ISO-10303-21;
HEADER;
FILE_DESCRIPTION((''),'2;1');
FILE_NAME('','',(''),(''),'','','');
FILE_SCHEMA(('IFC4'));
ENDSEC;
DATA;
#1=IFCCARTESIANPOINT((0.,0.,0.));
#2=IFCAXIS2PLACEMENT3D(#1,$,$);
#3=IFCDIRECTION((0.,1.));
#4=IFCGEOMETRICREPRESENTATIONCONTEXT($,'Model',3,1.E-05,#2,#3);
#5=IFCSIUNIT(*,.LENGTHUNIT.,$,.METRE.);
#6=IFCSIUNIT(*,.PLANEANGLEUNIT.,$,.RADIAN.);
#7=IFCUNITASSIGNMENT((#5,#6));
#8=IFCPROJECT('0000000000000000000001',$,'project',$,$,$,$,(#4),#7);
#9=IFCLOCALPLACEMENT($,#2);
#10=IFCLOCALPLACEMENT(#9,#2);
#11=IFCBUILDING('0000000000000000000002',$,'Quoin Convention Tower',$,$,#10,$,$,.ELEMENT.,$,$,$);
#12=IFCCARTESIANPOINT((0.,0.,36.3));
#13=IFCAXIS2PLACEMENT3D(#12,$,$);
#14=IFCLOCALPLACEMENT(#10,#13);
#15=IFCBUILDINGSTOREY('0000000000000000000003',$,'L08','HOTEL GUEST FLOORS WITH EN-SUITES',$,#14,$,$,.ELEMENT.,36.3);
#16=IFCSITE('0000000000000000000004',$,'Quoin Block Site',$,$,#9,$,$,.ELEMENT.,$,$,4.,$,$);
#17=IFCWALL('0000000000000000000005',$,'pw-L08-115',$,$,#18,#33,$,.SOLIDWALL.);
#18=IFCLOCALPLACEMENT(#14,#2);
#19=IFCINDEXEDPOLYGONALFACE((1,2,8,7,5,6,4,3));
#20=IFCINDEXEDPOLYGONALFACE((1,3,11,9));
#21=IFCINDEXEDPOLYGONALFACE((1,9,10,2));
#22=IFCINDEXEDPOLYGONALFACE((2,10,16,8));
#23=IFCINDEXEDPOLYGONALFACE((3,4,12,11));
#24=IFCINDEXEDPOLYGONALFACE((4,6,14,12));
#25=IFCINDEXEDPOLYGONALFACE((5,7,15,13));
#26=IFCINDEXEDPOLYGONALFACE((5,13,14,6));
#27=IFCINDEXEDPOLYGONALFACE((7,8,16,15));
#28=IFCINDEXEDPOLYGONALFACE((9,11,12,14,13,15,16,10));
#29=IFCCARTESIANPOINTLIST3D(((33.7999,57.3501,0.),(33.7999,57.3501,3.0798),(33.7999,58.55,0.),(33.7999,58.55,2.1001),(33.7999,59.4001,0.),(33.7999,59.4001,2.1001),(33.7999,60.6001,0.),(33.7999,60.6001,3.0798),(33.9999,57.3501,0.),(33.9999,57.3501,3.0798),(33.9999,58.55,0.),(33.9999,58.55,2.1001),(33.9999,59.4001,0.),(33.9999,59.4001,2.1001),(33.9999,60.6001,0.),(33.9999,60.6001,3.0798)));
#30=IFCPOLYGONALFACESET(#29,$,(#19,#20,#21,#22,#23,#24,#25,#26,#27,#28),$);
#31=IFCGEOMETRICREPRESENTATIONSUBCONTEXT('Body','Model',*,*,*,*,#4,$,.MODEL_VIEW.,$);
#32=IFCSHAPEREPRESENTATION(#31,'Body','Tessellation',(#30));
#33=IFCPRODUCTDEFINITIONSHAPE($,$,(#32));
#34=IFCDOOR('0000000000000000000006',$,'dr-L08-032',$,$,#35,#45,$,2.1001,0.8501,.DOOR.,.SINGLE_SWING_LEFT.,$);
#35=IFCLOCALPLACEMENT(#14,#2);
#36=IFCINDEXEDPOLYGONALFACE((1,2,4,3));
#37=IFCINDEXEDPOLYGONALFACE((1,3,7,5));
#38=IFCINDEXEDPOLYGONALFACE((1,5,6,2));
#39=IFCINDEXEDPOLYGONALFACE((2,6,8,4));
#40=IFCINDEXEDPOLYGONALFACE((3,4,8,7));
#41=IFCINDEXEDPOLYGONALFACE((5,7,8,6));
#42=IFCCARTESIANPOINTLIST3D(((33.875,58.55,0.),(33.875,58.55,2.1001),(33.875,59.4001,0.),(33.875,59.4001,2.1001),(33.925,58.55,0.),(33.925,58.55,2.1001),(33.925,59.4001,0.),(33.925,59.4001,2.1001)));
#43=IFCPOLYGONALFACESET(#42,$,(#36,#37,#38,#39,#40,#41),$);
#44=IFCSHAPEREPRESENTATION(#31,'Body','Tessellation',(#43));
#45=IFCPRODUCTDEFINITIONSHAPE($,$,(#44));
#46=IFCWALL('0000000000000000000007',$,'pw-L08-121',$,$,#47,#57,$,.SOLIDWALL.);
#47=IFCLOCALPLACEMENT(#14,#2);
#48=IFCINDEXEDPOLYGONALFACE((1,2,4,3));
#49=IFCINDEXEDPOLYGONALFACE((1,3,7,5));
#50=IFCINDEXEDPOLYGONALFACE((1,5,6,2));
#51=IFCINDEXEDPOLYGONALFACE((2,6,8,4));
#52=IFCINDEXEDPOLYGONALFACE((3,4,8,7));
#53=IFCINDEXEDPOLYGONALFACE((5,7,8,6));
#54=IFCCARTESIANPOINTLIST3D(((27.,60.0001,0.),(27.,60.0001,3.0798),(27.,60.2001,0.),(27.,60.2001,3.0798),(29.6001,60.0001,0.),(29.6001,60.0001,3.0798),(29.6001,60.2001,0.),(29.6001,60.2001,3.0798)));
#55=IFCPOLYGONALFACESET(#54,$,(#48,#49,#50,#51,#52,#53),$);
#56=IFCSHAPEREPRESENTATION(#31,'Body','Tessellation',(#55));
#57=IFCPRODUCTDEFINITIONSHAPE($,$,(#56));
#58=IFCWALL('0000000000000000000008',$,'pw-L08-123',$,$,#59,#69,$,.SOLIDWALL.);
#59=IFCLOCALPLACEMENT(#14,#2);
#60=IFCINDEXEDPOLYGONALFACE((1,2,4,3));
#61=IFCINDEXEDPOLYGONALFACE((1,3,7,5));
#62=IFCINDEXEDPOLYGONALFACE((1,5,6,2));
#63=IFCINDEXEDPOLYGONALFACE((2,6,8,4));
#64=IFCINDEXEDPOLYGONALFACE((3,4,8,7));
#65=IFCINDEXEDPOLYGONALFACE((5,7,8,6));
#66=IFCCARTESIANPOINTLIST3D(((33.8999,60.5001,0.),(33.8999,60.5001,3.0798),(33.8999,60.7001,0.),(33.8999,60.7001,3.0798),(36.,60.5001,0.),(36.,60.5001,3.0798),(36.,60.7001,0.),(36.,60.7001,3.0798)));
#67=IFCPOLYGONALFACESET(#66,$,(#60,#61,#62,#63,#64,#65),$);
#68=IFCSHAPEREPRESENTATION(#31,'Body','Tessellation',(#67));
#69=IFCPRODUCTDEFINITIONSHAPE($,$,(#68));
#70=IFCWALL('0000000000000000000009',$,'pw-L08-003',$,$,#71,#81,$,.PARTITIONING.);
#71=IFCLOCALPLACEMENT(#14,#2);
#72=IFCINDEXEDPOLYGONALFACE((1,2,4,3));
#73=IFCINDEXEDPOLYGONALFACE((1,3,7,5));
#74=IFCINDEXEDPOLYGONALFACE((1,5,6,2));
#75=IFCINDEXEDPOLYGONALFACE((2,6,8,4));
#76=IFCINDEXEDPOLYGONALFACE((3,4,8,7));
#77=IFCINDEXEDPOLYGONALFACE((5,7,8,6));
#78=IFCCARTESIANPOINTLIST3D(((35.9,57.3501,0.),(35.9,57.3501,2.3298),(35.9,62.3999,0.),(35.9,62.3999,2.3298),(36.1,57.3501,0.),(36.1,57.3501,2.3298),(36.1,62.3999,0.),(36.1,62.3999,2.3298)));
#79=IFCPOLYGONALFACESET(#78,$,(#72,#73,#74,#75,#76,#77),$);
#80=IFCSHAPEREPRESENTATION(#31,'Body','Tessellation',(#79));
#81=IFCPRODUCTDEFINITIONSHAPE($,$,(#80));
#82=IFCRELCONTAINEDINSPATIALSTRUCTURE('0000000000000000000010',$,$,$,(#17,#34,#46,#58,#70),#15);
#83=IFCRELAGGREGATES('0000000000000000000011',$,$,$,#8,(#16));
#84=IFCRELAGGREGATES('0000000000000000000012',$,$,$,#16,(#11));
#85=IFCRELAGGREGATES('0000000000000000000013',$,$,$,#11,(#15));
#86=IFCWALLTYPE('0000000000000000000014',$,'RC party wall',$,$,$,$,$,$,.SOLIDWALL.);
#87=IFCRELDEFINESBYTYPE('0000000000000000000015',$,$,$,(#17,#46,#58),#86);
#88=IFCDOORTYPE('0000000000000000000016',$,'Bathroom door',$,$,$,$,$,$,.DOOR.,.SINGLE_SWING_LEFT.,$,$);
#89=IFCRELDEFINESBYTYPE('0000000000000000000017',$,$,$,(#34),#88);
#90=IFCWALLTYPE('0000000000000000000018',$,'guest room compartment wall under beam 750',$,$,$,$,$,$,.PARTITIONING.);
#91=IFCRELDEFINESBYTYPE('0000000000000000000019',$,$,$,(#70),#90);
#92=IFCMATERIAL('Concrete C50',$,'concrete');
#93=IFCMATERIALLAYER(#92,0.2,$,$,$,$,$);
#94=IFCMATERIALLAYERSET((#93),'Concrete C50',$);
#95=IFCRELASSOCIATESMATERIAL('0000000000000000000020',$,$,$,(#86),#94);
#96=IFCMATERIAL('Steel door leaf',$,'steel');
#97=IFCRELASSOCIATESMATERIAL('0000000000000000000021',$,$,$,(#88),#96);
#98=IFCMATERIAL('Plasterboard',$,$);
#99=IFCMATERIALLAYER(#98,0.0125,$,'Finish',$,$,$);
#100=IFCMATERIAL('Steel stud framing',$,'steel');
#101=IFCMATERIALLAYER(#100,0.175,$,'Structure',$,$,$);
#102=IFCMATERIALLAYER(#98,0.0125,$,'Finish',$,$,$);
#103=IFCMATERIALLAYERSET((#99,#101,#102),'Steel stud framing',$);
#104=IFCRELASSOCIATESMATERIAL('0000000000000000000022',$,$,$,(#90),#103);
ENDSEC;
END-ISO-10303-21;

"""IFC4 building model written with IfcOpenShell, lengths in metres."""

from ifc_helpers import new_model, si_unit, direction, frame, frame_2d, origin, place, context, subcontext, project, spatial, rectangle, extrude, material, layer, layer_set, type_object, element, fill, save


model = new_model("IFC4")

# Units and contexts
model_context = context("Model", 3, precision=1e-05, world=origin(), true_north=direction((0.0, 1.0)))
body_context = subcontext(model_context, "Body", "Model", "MODEL_VIEW")
ifc_project = project(units=[si_unit("LENGTHUNIT", "METRE"), si_unit("PLANEANGLEUNIT", "RADIAN")], contexts=[model_context])

# Site, building, storey
site_placement = place(None, origin())
site = spatial("IfcSite", under=ifc_project, at=site_placement, Name="Quoin Block Site", CompositionType="ELEMENT", RefElevation=4.0)
building_placement = place(site_placement, origin())
building = spatial("IfcBuilding", under=site, at=building_placement, Name="Quoin Convention Tower", CompositionType="ELEMENT")
storey_placement = place(building_placement, frame((0.0, 0.0, 36.3)))
storey = spatial("IfcBuildingStorey", under=building, at=storey_placement, Name="L08", Description="HOTEL GUEST FLOORS WITH EN-SUITES", CompositionType="ELEMENT", Elevation=36.3)

# Wall, opening, door
ifc_material_1 = material(Name="Concrete C50", Category="concrete")
ifc_layer_1 = layer(ifc_material_1, 0.2)
ifc_layer_set_1 = layer_set([ifc_layer_1], Name="Concrete C50")
wall_type_1 = type_object("IfcWallType", Name="RC party wall", PredefinedType="SOLIDWALL", material=ifc_layer_set_1)
wall_1_placement = place(storey_placement, frame((33.8999, 57.3501, 0.0), z_axis=(0.0, 0.0, 1.0), x_axis=(0.0, 1.0, 0.0)))
wall_1 = element("IfcWall", 1, at=wall_1_placement, inside=storey, type_object=wall_type_1, Name="pw-L08-115", PredefinedType="SOLIDWALL", context=body_context, shape_type="SweptSolid", body=[
    extrude(rectangle(XDim=3.25, YDim=0.2, at=frame_2d((1.625, 0.0))), origin(), (0.0, 0.0, 1.0), 3.0798),
])
opening_1_placement = place(wall_1_placement, frame((1.2, 0.0, 0.0)))
opening_1 = element("IfcOpeningElement", 2, at=opening_1_placement, cuts=wall_1, PredefinedType="OPENING", context=body_context, shape_type="SweptSolid", body=[
    extrude(rectangle(XDim=0.8501, YDim=2.1001, at=frame_2d((0.425, 1.05))), frame((0.0, 0.1099, 0.0), z_axis=(0.0, -1.0, 0.0), x_axis=(1.0, 0.0, 0.0)), (0.0, 0.0, 1.0), 0.22),
])
ifc_material_2 = material(Name="Steel door leaf", Category="steel")
door_type = type_object("IfcDoorType", Name="Bathroom door", OperationType="SINGLE_SWING_LEFT", PredefinedType="DOOR", material=ifc_material_2)
door_placement = place(opening_1_placement, origin())
door = element("IfcDoor", 3, at=door_placement, inside=storey, type_object=door_type, Name="dr-L08-032", OperationType="SINGLE_SWING_LEFT", OverallHeight=2.1001, OverallWidth=0.8501, PredefinedType="DOOR", context=body_context, shape_type="SweptSolid", body=[
    extrude(rectangle(XDim=0.8501, YDim=2.1001, at=frame_2d((0.425, 1.05))), frame((0.0, 0.0249, 0.0), z_axis=(0.0, -1.0, 0.0), x_axis=(1.0, 0.0, 0.0)), (0.0, 0.0, 1.0), 0.05),
])
fill(opening_1, door)

# Walls
wall_2_placement = place(storey_placement, frame((27.0, 60.1001, 0.0), z_axis=(0.0, 0.0, 1.0), x_axis=(1.0, 0.0, 0.0)))
element("IfcWall", 4, at=wall_2_placement, inside=storey, type_object=wall_type_1, Name="pw-L08-121", PredefinedType="SOLIDWALL", context=body_context, shape_type="SweptSolid", body=[
    extrude(rectangle(XDim=2.6001, YDim=0.2, at=frame_2d((1.3, 0.0))), origin(), (0.0, 0.0, 1.0), 3.0798),
])
wall_3_placement = place(storey_placement, frame((33.8999, 60.6001, 0.0), z_axis=(0.0, 0.0, 1.0), x_axis=(1.0, 0.0, 0.0)))
element("IfcWall", 5, at=wall_3_placement, inside=storey, type_object=wall_type_1, Name="pw-L08-123", PredefinedType="SOLIDWALL", context=body_context, shape_type="SweptSolid", body=[
    extrude(rectangle(XDim=2.1001, YDim=0.2, at=frame_2d((1.05, 0.0))), origin(), (0.0, 0.0, 1.0), 3.0798),
])
ifc_material_3 = material(Name="Plasterboard")
ifc_layer_2 = layer(ifc_material_3, 0.0125, Name="Finish")
ifc_material_4 = material(Name="Steel stud framing", Category="steel")
ifc_layer_3 = layer(ifc_material_4, 0.175, Name="Structure")
ifc_layer_4 = layer(ifc_material_3, 0.0125, Name="Finish")
ifc_layer_set_2 = layer_set([ifc_layer_2, ifc_layer_3, ifc_layer_4], Name="Steel stud framing")
wall_type_2 = type_object("IfcWallType", Name="guest room compartment wall under beam 750", PredefinedType="PARTITIONING", material=ifc_layer_set_2)
wall_4_placement = place(storey_placement, frame((36.0, 57.3501, 0.0), z_axis=(0.0, 0.0, 1.0), x_axis=(0.0, 1.0, 0.0)))
element("IfcWall", 6, at=wall_4_placement, inside=storey, type_object=wall_type_2, Name="pw-L08-003", PredefinedType="PARTITIONING", context=body_context, shape_type="SweptSolid", body=[
    extrude(rectangle(XDim=5.0498, YDim=0.2, at=frame_2d((2.5249, 0.0))), origin(), (0.0, 0.0, 1.0), 2.3298),
])

save(model, "model.ifc")
